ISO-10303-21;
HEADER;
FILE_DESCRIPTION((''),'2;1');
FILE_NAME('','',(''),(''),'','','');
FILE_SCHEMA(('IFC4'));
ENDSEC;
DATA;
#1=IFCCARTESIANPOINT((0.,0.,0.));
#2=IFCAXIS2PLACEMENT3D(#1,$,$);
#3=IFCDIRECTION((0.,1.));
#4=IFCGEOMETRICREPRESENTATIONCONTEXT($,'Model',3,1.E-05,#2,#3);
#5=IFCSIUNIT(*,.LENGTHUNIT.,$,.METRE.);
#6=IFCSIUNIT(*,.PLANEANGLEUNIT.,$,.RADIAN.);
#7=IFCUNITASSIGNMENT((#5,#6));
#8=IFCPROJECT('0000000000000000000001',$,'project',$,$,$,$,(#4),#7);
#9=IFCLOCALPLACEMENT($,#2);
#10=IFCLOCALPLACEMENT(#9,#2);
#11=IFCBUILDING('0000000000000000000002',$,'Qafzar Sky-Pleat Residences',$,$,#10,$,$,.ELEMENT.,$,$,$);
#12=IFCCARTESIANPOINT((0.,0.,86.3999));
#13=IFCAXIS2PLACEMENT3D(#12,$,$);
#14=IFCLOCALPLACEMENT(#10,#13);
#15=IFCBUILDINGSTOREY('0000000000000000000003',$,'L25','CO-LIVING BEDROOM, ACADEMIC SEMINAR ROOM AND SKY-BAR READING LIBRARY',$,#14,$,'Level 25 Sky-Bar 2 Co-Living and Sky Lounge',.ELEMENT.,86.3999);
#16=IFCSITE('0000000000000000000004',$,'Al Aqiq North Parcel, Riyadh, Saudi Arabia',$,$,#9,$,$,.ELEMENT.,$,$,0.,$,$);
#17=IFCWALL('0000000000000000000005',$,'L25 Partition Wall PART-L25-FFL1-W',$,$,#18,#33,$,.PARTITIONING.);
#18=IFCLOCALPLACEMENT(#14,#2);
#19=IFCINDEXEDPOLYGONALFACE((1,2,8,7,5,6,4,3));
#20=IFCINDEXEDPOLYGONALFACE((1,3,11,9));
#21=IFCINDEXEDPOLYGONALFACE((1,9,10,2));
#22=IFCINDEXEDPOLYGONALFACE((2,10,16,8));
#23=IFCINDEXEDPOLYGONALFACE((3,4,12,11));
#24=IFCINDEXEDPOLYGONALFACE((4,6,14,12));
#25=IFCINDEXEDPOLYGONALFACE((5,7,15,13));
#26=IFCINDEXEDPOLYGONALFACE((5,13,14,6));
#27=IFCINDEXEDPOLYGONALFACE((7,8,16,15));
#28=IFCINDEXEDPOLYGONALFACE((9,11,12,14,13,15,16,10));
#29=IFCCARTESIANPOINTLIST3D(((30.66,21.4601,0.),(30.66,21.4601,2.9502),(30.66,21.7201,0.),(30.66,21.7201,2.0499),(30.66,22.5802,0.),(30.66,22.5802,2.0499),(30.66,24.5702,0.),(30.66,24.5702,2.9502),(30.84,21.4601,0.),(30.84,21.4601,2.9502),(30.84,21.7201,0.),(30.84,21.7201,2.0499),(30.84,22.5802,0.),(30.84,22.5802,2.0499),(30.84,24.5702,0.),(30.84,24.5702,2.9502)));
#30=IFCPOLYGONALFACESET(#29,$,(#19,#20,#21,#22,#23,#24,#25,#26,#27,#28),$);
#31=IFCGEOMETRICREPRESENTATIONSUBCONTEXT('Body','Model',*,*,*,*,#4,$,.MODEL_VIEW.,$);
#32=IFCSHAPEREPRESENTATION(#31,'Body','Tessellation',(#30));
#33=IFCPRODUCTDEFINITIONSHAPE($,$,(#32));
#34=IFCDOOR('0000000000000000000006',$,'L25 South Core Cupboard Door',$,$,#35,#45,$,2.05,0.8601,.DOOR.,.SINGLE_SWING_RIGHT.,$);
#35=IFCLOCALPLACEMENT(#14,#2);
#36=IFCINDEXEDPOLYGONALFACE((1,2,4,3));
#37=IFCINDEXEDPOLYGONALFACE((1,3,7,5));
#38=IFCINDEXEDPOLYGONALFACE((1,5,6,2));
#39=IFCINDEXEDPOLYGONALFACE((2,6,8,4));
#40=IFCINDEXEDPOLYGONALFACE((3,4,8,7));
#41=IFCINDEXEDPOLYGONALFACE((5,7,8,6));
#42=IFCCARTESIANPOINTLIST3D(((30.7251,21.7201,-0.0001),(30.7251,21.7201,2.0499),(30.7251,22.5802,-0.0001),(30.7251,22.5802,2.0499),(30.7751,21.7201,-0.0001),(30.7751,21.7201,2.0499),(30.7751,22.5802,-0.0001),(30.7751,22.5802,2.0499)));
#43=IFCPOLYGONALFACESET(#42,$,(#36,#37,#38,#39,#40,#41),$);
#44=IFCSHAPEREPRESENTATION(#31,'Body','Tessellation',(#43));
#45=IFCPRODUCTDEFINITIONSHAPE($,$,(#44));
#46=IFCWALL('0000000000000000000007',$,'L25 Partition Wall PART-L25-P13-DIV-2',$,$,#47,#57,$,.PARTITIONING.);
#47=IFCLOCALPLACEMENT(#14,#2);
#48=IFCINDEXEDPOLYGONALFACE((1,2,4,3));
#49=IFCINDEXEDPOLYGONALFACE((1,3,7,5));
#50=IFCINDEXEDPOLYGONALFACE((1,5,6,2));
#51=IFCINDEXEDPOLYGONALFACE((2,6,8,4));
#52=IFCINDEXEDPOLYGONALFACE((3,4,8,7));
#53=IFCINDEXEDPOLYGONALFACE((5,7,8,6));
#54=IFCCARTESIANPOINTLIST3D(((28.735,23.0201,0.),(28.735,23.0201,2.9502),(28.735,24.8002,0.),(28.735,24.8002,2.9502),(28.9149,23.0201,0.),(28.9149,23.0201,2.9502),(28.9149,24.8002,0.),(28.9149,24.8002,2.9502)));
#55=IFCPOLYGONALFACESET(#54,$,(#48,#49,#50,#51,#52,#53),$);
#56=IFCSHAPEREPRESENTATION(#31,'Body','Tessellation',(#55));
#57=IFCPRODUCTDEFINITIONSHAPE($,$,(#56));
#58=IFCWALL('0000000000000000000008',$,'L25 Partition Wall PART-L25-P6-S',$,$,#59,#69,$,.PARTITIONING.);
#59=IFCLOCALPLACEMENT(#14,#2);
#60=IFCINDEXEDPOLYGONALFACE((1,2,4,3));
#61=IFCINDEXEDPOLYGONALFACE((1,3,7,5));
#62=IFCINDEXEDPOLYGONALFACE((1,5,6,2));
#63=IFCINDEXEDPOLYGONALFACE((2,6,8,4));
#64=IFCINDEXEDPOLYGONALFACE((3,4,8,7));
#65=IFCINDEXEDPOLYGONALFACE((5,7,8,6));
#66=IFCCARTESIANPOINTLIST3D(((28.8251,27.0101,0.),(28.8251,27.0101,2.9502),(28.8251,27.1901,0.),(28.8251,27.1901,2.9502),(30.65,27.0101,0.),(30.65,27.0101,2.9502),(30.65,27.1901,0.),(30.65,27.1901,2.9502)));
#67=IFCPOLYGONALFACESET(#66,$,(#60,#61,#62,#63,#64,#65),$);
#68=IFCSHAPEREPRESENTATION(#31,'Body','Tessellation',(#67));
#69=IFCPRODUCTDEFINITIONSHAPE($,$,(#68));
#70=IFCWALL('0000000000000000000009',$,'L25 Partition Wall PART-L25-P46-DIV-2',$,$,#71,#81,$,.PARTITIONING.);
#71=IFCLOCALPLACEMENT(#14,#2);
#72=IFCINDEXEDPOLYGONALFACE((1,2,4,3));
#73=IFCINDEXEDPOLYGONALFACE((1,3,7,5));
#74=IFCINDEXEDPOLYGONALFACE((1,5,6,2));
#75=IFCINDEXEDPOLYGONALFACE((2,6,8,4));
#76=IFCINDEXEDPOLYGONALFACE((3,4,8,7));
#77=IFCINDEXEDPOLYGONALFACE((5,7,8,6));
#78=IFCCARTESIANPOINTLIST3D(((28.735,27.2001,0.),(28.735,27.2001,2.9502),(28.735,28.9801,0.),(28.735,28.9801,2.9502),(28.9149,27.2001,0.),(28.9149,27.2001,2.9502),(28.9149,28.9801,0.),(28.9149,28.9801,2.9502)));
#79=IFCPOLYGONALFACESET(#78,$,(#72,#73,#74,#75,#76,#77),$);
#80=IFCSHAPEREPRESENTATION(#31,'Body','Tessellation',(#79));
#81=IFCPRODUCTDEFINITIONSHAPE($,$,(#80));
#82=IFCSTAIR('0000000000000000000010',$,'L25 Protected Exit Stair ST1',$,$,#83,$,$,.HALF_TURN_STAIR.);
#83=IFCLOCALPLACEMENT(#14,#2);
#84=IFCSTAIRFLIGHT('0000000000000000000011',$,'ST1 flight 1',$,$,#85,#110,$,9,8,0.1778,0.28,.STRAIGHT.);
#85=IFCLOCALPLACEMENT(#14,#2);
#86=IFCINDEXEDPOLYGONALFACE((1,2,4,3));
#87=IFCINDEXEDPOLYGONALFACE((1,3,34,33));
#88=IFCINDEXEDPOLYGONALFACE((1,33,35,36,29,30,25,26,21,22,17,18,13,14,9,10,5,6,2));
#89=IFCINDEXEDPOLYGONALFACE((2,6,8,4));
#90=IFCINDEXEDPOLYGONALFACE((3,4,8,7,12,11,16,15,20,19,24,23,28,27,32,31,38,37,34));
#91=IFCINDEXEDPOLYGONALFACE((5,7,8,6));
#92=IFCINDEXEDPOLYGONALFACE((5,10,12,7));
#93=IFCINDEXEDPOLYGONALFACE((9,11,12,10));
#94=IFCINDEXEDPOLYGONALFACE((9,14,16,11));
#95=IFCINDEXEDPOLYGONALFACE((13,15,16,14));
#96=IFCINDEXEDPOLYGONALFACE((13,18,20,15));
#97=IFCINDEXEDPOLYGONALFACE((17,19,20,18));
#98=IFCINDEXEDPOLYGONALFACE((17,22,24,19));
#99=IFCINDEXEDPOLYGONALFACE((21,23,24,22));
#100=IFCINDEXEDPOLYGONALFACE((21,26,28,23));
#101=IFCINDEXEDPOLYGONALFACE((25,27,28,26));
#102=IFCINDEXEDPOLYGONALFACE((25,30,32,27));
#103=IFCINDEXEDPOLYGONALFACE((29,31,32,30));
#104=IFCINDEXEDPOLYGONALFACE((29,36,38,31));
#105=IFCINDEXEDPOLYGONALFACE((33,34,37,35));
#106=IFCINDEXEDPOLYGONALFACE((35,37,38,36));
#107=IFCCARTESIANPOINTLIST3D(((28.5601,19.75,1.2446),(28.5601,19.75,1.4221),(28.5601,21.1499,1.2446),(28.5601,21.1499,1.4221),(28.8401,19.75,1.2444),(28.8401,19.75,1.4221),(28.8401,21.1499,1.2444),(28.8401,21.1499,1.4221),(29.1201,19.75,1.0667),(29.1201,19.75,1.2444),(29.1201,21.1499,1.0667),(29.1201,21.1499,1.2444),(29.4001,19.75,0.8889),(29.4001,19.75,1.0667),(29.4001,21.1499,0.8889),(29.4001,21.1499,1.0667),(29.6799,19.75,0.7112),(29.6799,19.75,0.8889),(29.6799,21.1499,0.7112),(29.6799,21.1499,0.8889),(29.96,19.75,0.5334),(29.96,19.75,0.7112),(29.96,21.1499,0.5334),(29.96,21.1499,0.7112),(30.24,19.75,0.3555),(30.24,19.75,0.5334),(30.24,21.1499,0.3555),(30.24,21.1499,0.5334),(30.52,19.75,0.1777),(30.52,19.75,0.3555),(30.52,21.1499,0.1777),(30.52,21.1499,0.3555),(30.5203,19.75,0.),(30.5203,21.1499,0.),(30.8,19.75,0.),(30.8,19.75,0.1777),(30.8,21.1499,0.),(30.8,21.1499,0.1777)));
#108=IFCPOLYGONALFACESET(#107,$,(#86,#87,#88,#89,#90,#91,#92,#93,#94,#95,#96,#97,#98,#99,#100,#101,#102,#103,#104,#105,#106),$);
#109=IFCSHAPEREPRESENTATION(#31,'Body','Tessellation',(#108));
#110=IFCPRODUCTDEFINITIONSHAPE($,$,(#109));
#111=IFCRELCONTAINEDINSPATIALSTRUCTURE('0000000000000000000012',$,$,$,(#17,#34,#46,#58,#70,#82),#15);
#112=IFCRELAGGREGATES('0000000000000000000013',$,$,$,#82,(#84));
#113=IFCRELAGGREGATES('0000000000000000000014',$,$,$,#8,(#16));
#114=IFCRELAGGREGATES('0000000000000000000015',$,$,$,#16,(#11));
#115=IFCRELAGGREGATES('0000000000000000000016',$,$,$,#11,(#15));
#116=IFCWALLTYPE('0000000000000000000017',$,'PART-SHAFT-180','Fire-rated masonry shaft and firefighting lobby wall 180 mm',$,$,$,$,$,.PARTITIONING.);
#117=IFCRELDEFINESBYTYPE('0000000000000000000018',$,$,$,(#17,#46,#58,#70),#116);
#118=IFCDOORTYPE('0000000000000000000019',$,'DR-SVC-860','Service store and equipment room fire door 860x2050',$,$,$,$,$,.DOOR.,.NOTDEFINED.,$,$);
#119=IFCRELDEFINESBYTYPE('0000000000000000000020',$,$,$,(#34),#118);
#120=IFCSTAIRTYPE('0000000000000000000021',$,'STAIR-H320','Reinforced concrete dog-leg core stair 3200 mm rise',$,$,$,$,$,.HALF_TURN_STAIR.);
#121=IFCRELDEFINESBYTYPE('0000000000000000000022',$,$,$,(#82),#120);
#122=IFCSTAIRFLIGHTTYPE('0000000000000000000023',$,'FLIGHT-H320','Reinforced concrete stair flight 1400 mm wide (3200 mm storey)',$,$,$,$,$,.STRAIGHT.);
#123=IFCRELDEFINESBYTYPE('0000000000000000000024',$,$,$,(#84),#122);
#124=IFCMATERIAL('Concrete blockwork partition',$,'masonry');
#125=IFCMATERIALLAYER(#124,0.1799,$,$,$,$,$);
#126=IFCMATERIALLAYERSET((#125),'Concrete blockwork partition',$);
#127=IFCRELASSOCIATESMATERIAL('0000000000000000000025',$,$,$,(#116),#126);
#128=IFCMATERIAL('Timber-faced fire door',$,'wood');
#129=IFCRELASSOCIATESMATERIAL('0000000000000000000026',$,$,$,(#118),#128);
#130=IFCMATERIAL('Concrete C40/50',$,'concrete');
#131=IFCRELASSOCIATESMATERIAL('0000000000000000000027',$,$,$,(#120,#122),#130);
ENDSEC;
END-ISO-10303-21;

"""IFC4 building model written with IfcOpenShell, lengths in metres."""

from ifc_helpers import new_model, si_unit, direction, frame, frame_2d, origin, place, context, subcontext, project, spatial, polyline, rectangle, outline, extrude, source, transform, mapped, material, layer, layer_set, type_object, element, fill, aggregate, save


model = new_model("IFC4")

# Units and contexts
model_context = context("Model", 3, precision=1e-05, world=origin(), true_north=direction((0.0, 1.0)))
body_context = subcontext(model_context, "Body", "Model", "MODEL_VIEW")
ifc_project = project(units=[si_unit("LENGTHUNIT", "METRE"), si_unit("PLANEANGLEUNIT", "RADIAN")], contexts=[model_context])

# Site, building, storey
site_placement = place(None, origin())
site = spatial("IfcSite", under=ifc_project, at=site_placement, Name="Al Aqiq North Parcel, Riyadh, Saudi Arabia", CompositionType="ELEMENT", RefElevation=0.0)
building_placement = place(site_placement, origin())
building = spatial("IfcBuilding", under=site, at=building_placement, Name="Qafzar Sky-Pleat Residences", CompositionType="ELEMENT")
storey_placement = place(building_placement, frame((0.0, 0.0, 86.3999)))
storey = spatial("IfcBuildingStorey", under=building, at=storey_placement, Name="L25", Description="CO-LIVING BEDROOM, ACADEMIC SEMINAR ROOM AND SKY-BAR READING LIBRARY", LongName="Level 25 Sky-Bar 2 Co-Living and Sky Lounge", CompositionType="ELEMENT", Elevation=86.3999)

# Wall, opening, door
ifc_material_1 = material(Name="Concrete blockwork partition", Category="masonry")
ifc_layer = layer(ifc_material_1, 0.1799)
ifc_layer_set = layer_set([ifc_layer], Name="Concrete blockwork partition")
wall_type = type_object("IfcWallType", Name="PART-SHAFT-180", Description="Fire-rated masonry shaft and firefighting lobby wall 180 mm", PredefinedType="PARTITIONING", material=ifc_layer_set)
wall_1_placement = place(storey_placement, frame((30.75, 21.46, 0.0), z_axis=(0.0, 0.0, 1.0), x_axis=(0.0, 1.0, 0.0)))
wall_1 = element("IfcWall", 1, at=wall_1_placement, inside=storey, type_object=wall_type, Name="L25 Partition Wall PART-L25-FFL1-W", PredefinedType="PARTITIONING", context=body_context, shape_type="SweptSolid", body=[
    extrude(rectangle(XDim=3.1101, YDim=0.1799, at=frame_2d((1.5552, 0.0))), origin(), (0.0, 0.0, 1.0), 2.9502),
])
opening_1_placement = place(wall_1_placement, frame((0.26, 0.0, 0.0)))
opening_1 = element("IfcOpeningElement", 2, at=opening_1_placement, cuts=wall_1, PredefinedType="OPENING", context=body_context, shape_type="SweptSolid", body=[
    extrude(rectangle(XDim=0.8601, YDim=2.05, at=frame_2d((0.4302, 1.0249))), frame((0.0, 0.1001, 0.0), z_axis=(0.0, -1.0, 0.0), x_axis=(1.0, 0.0, 0.0)), (0.0, 0.0, 1.0), 0.2),
])
ifc_material_2 = material(Name="Timber-faced fire door", Category="wood")
door_type_1 = type_object("IfcDoorType", Name="DR-SVC-860", Description="Service store and equipment room fire door 860x2050", OperationType="NOTDEFINED", PredefinedType="DOOR", material=ifc_material_2)
shared_shape_1 = source(origin(), body_context, "Body", "SweptSolid", [
    extrude(rectangle(XDim=0.8601, YDim=2.05, at=frame_2d((0.4302, 1.0249))), frame((0.0, 0.0249, 0.0), z_axis=(0.0, -1.0, 0.0), x_axis=(1.0, 0.0, 0.0)), (0.0, 0.0, 1.0), 0.05),
])
door_1_placement = place(opening_1_placement, origin())
door_1 = element("IfcDoor", 3, at=door_1_placement, inside=storey, type_object=door_type_1, Name="L25 South Core Cupboard Door", OperationType="SINGLE_SWING_RIGHT", OverallHeight=2.05, OverallWidth=0.8601, PredefinedType="DOOR", context=body_context, shape_type="MappedRepresentation", body=[
    mapped(shared_shape_1, transform((0.0, 0.0, 0.0), x_axis=(1.0, 0.0, 0.0), y_axis=(0.0, 1.0, 0.0), z_axis=(0.0, 0.0, 1.0), scale=1.0)),
])
fill(opening_1, door_1)

# Walls
wall_2_placement = place(storey_placement, frame((28.825, 23.02, 0.0), z_axis=(0.0, 0.0, 1.0), x_axis=(0.0, 1.0, 0.0)))
element("IfcWall", 4, at=wall_2_placement, inside=storey, type_object=wall_type, Name="L25 Partition Wall PART-L25-P13-DIV-2", PredefinedType="PARTITIONING", context=body_context, shape_type="SweptSolid", body=[
    extrude(rectangle(XDim=1.78, YDim=0.1799, at=frame_2d((0.8901, 0.0))), origin(), (0.0, 0.0, 1.0), 2.9502),
])
wall_3_placement = place(storey_placement, frame((28.825, 27.1001, 0.0), z_axis=(0.0, 0.0, 1.0), x_axis=(1.0, 0.0, 0.0)))
element("IfcWall", 5, at=wall_3_placement, inside=storey, type_object=wall_type, Name="L25 Partition Wall PART-L25-P6-S", PredefinedType="PARTITIONING", context=body_context, shape_type="SweptSolid", body=[
    extrude(rectangle(XDim=1.825, YDim=0.1799, at=frame_2d((0.9126, 0.0))), origin(), (0.0, 0.0, 1.0), 2.9502),
])
wall_4_placement = place(storey_placement, frame((28.825, 27.2, 0.0), z_axis=(0.0, 0.0, 1.0), x_axis=(0.0, 1.0, 0.0)))
element("IfcWall", 6, at=wall_4_placement, inside=storey, type_object=wall_type, Name="L25 Partition Wall PART-L25-P46-DIV-2", PredefinedType="PARTITIONING", context=body_context, shape_type="SweptSolid", body=[
    extrude(rectangle(XDim=1.78, YDim=0.1799, at=frame_2d((0.8901, 0.0))), origin(), (0.0, 0.0, 1.0), 2.9502),
])

# Stair, stair flight
ifc_material_3 = material(Name="Concrete C40/50", Category="concrete")
stair_type = type_object("IfcStairType", Name="STAIR-H320", Description="Reinforced concrete dog-leg core stair 3200 mm rise", PredefinedType="HALF_TURN_STAIR", material=ifc_material_3)
stair_placement = place(storey_placement, origin())
stair = element("IfcStair", 7, at=stair_placement, inside=storey, type_object=stair_type, Name="L25 Protected Exit Stair ST1", PredefinedType="HALF_TURN_STAIR")
stair_flight_type = type_object("IfcStairFlightType", Name="FLIGHT-H320", Description="Reinforced concrete stair flight 1400 mm wide (3200 mm storey)", PredefinedType="STRAIGHT", material=ifc_material_3)
shared_shape_2 = source(origin(), body_context, "Body", "SweptSolid", [
    extrude(outline(polyline([(0.0, 0.0), (0.0, 0.1777), (0.28, 0.1777), (0.28, 0.3555), (0.5601, 0.3555), (0.5601, 0.5334), (0.8401, 0.5334), (0.8401, 0.7112), (1.1201, 0.7112), (1.1201, 0.8889), (1.3999, 0.8889), (1.3999, 1.0667), (1.6799, 1.0667), (1.6799, 1.2444), (1.96, 1.2444), (1.96, 1.4221), (2.24, 1.4221), (2.24, 1.6001), (2.24, 1.2446), (0.2798, 0.0), (0.0, 0.0)])), frame((0.0, 0.7, 0.0), z_axis=(0.0, -1.0, 0.0), x_axis=(1.0, 0.0, 0.0)), (0.0, 0.0, 1.0), 1.3999),
])
stair_flight_placement = place(storey_placement, frame((30.8, 20.45, 0.0), z_axis=(0.0, 0.0, 1.0), x_axis=(-1.0, 0.0, 0.0)))
stair_flight = element("IfcStairFlight", 8, at=stair_flight_placement, type_object=stair_flight_type, Name="ST1 flight 1", NumberOfRisers=9, NumberOfTreads=8, PredefinedType="STRAIGHT", RiserHeight=0.1778, TreadLength=0.28, context=body_context, shape_type="MappedRepresentation", body=[
    mapped(shared_shape_2, transform((0.0, 0.0, 0.0), x_axis=(1.0, 0.0, 0.0), y_axis=(0.0, 1.0, 0.0), z_axis=(0.0, 0.0, 1.0), scale=1.0)),
])
aggregate(stair, [stair_flight])

save(model, "model.ifc")
